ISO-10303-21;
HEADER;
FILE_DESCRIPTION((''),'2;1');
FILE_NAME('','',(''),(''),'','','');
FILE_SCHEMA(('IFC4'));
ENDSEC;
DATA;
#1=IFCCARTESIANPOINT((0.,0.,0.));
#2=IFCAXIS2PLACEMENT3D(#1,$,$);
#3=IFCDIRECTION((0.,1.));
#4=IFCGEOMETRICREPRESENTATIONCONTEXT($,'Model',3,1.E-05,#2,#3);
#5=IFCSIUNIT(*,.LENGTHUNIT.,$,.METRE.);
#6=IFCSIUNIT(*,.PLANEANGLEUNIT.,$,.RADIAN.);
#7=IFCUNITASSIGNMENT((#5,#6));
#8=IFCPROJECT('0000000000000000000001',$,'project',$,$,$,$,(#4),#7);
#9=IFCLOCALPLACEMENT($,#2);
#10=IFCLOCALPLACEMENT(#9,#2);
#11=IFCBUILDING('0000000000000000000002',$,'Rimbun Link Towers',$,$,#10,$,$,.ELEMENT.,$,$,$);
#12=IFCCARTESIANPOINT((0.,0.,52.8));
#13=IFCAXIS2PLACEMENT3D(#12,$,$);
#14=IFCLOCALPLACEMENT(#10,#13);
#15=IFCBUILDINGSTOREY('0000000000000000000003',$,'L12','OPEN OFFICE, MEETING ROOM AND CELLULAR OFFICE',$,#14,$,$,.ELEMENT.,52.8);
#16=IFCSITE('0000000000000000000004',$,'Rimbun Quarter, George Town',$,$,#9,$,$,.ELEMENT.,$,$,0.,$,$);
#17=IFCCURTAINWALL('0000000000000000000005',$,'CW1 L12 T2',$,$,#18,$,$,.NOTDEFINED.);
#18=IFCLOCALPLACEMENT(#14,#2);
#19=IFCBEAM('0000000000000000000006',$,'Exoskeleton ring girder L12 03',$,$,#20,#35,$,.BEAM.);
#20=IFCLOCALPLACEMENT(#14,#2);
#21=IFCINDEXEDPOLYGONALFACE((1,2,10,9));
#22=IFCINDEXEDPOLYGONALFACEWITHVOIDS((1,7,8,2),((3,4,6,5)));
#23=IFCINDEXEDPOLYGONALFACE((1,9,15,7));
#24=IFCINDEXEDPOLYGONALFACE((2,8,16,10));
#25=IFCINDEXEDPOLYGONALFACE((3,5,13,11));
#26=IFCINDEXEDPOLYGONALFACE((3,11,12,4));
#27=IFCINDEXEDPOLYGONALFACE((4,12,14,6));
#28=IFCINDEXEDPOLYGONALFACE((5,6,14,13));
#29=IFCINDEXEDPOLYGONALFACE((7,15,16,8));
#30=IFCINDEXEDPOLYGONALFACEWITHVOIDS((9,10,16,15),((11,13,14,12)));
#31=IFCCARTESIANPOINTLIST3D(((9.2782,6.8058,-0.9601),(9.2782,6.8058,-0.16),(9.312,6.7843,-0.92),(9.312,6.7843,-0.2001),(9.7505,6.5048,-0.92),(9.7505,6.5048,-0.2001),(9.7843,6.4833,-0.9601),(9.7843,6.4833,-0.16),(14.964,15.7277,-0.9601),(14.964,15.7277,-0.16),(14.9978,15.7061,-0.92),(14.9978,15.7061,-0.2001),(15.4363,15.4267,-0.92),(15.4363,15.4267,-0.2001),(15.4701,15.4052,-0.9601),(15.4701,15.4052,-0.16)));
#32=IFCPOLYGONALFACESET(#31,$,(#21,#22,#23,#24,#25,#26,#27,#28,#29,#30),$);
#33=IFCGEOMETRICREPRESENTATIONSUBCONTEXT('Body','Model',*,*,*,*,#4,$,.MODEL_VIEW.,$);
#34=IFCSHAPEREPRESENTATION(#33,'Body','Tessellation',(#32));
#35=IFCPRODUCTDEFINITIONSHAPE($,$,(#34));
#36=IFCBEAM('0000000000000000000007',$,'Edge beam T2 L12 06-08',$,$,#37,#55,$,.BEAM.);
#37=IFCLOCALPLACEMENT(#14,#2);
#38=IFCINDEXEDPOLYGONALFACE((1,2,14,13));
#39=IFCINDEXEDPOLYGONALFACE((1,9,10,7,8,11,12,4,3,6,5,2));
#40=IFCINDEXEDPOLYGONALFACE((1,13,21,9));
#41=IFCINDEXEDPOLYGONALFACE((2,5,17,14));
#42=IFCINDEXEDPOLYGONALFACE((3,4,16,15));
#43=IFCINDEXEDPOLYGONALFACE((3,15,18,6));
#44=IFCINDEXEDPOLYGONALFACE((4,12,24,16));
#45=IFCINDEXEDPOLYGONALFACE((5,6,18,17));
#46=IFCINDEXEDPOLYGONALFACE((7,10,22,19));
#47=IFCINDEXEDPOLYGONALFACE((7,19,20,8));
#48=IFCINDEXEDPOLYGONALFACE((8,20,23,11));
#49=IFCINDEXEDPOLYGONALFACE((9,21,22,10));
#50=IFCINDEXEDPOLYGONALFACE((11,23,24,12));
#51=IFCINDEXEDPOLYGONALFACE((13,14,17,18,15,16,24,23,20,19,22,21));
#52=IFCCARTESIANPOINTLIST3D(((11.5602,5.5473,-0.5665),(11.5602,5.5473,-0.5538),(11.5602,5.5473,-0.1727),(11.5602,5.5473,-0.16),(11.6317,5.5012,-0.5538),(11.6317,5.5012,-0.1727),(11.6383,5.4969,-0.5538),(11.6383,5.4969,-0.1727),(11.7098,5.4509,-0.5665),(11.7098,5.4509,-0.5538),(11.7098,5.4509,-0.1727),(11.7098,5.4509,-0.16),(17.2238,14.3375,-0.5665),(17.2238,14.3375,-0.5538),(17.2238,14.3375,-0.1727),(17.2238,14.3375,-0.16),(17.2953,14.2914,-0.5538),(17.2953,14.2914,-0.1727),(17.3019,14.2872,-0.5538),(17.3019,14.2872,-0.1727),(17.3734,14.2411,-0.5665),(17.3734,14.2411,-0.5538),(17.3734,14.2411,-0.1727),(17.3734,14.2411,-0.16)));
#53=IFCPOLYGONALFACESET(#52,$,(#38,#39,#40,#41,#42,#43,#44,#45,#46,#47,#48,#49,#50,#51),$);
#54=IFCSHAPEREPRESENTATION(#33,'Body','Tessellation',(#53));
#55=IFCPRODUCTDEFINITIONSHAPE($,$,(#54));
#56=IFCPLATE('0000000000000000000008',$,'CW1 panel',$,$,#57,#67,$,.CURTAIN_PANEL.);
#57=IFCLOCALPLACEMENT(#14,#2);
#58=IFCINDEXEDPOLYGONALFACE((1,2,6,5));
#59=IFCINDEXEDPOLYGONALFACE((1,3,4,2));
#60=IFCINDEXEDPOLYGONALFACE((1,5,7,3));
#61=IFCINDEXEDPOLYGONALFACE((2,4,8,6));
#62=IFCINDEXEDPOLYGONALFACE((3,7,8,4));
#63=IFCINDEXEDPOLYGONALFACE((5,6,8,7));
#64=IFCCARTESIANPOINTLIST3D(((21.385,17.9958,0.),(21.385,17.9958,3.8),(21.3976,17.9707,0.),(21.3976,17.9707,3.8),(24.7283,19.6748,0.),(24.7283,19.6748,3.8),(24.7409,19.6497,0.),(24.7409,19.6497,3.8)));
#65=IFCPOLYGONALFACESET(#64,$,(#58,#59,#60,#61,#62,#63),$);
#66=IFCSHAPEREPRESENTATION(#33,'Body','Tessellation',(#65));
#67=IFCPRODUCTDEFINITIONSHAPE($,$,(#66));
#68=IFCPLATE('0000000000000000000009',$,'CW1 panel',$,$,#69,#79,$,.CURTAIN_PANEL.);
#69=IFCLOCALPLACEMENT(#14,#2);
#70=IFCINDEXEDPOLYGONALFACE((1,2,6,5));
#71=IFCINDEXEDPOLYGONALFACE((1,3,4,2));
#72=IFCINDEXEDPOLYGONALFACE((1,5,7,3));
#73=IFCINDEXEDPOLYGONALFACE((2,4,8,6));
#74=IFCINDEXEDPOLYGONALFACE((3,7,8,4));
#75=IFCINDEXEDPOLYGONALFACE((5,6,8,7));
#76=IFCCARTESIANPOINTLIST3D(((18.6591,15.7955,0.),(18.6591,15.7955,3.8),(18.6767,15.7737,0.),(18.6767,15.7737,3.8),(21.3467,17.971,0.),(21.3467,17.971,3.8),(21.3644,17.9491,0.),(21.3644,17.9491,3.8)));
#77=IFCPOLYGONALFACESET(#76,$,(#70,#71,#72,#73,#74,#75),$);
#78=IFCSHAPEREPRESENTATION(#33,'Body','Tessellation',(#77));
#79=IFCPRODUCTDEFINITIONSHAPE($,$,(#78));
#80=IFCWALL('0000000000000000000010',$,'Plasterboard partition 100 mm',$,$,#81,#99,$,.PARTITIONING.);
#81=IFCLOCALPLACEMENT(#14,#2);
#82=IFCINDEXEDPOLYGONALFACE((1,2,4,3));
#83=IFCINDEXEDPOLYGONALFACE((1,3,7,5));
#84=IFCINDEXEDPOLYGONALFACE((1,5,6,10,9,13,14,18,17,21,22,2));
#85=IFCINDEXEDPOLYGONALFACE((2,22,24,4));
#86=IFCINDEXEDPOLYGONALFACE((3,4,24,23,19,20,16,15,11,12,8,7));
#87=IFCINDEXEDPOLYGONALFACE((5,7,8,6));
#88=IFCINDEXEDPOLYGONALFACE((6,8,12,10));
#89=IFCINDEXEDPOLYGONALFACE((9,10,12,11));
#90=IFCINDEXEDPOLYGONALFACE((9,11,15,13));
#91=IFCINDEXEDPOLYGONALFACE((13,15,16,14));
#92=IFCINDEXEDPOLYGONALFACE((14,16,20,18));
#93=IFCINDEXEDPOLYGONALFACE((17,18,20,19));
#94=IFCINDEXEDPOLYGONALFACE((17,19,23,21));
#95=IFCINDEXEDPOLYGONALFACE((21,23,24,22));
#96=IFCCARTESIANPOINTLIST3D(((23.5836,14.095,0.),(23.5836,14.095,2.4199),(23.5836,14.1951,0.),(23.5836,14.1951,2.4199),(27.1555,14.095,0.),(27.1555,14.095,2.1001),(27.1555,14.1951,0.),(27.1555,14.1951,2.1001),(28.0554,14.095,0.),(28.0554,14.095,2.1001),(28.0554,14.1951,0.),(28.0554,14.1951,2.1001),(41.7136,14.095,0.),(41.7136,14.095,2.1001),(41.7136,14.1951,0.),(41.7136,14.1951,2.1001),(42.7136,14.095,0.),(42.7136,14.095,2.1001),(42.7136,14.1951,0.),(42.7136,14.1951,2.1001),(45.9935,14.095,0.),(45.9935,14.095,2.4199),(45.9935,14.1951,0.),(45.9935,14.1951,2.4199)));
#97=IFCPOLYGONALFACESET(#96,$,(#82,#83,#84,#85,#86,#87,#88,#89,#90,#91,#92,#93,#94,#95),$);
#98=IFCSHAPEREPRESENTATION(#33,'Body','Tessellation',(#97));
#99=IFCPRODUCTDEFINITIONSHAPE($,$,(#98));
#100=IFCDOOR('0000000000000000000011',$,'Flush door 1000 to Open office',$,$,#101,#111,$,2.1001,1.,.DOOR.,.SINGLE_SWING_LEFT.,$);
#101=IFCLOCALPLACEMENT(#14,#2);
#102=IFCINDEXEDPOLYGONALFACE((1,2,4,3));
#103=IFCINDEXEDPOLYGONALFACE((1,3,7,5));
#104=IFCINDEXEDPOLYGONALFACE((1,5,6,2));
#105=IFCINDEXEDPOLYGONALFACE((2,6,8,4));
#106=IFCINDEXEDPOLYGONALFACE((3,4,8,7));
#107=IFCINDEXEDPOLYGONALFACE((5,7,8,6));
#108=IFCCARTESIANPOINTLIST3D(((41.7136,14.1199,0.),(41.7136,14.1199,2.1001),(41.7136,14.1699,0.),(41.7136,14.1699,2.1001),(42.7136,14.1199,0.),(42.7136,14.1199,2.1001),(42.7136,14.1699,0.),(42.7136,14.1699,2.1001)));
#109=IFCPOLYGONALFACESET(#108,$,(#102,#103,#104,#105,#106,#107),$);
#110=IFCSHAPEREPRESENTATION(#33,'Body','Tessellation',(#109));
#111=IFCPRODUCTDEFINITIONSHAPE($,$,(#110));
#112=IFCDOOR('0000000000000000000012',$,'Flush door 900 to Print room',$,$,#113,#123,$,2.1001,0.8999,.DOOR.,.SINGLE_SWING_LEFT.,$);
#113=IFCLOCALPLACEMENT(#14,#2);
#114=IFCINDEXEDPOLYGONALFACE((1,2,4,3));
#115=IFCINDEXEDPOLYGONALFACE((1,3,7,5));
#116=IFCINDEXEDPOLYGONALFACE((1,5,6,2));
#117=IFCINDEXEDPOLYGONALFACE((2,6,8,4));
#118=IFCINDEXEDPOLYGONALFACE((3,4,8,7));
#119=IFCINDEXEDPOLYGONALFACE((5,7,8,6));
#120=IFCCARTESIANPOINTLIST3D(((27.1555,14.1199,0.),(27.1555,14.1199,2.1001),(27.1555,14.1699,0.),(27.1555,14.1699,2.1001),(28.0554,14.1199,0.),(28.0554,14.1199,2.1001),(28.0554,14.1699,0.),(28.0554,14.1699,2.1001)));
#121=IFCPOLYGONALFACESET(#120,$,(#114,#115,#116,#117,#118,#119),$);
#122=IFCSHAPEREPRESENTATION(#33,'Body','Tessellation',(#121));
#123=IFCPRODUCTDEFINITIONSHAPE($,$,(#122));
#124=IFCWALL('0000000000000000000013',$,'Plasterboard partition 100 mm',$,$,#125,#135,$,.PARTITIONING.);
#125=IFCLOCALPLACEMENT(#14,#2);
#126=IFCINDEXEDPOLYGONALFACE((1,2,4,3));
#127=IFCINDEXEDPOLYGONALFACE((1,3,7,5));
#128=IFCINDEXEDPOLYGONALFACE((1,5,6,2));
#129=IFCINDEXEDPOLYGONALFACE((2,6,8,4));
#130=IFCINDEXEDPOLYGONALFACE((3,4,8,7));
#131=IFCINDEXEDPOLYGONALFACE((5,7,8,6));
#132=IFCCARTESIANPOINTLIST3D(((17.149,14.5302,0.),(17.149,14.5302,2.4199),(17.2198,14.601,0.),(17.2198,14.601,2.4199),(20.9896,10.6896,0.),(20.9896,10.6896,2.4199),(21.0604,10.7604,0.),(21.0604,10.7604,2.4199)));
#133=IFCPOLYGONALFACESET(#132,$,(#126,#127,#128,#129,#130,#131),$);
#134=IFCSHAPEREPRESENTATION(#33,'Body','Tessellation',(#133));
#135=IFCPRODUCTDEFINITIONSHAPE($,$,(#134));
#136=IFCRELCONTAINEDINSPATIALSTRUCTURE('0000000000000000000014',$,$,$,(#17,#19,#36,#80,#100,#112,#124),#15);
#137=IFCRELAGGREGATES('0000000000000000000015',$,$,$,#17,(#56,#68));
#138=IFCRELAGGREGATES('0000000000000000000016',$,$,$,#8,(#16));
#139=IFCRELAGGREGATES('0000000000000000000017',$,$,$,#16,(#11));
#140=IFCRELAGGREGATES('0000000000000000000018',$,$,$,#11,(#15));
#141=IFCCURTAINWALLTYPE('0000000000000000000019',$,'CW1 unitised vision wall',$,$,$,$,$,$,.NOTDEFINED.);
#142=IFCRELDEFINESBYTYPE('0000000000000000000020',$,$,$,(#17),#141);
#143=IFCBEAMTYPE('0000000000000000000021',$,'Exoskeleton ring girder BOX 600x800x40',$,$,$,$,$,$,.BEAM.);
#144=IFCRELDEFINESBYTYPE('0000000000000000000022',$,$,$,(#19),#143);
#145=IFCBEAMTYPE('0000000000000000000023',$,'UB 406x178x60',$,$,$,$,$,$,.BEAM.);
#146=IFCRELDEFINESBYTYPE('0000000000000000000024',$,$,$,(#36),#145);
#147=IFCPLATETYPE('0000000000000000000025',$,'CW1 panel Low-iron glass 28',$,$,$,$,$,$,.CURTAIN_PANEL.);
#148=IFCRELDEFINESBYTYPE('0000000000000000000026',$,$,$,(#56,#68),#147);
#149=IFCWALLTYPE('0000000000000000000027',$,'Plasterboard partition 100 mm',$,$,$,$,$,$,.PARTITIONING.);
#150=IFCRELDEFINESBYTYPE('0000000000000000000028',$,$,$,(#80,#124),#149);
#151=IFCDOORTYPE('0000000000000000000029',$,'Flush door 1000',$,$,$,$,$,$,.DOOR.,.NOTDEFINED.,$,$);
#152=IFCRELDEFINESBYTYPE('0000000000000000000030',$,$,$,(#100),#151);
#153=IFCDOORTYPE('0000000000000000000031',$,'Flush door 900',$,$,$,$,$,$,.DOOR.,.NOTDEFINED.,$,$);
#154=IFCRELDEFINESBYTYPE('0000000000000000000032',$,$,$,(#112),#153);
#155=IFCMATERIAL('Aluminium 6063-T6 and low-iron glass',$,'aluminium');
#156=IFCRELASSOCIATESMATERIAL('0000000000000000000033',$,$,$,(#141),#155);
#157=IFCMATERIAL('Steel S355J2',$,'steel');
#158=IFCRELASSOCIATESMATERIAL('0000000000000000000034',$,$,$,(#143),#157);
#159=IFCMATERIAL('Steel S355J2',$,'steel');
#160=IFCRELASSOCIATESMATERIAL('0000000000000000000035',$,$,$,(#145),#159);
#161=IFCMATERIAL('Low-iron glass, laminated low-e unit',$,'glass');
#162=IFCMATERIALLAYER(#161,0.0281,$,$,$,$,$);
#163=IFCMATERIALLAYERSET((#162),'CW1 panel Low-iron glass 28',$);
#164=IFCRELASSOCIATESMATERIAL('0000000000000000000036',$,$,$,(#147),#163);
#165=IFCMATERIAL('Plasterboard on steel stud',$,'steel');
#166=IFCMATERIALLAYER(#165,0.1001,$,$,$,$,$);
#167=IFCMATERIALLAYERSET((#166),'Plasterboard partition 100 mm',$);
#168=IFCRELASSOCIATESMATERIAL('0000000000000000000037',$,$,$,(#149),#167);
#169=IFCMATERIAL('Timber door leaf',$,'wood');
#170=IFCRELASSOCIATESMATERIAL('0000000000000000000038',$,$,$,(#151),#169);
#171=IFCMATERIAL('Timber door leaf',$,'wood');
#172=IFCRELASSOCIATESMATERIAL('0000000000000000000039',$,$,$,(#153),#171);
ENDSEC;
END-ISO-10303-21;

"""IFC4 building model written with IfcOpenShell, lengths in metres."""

from ifc_helpers import new_model, si_unit, direction, frame, frame_2d, origin, origin_2d, place, context, subcontext, project, spatial, rectangle, hollow_rectangle, i_section, extrude, material, layer, layer_set, material_profile, profile_set, type_object, element, fill, aggregate, save


model = new_model("IFC4")

# Units and contexts
model_context = context("Model", 3, precision=1e-05, world=origin(), true_north=direction((0.0, 1.0)))
body_context = subcontext(model_context, "Body", "Model", "MODEL_VIEW")
ifc_project = project(units=[si_unit("LENGTHUNIT", "METRE"), si_unit("PLANEANGLEUNIT", "RADIAN")], contexts=[model_context])

# Site, building, storey
site_placement = place(None, origin())
site = spatial("IfcSite", under=ifc_project, at=site_placement, Name="Rimbun Quarter, George Town", CompositionType="ELEMENT", RefElevation=0.0)
building_placement = place(site_placement, origin())
building = spatial("IfcBuilding", under=site, at=building_placement, Name="Rimbun Link Towers", CompositionType="ELEMENT")
storey_placement = place(building_placement, frame((0.0, 0.0, 52.8)))
storey = spatial("IfcBuildingStorey", under=building, at=storey_placement, Name="L12", Description="OPEN OFFICE, MEETING ROOM AND CELLULAR OFFICE", CompositionType="ELEMENT", Elevation=52.8)

# Curtain wall
ifc_material_1 = material(Name="Aluminium 6063-T6 and low-iron glass", Category="aluminium")
curtain_wall_type = type_object("IfcCurtainWallType", Name="CW1 unitised vision wall", PredefinedType="NOTDEFINED", material=ifc_material_1)
curtain_wall_placement = place(storey_placement, origin())
curtain_wall = element("IfcCurtainWall", 1, at=curtain_wall_placement, inside=storey, type_object=curtain_wall_type, Name="CW1 L12 T2", PredefinedType="NOTDEFINED")

# Beams
ifc_material_2 = material(Name="Steel S355J2", Category="steel")
ifc_material_profile_1 = material_profile(ifc_material_2, hollow_rectangle(XDim=0.6001, YDim=0.8, WallThickness=0.04, at=origin_2d()), Name="Exoskeleton ring girder BOX 600x800x40")
ifc_profile_set_1 = profile_set([ifc_material_profile_1], Name="Steel S355J2")
beam_type_1 = type_object("IfcBeamType", Name="Exoskeleton ring girder BOX 600x800x40", PredefinedType="BEAM", material=ifc_profile_set_1)
for number, where, z_axis, x_axis, name in (
    (2, (15.217, 15.5664, -0.5601), (-0.537429, -0.843309, 0.0), (0.843309, -0.537429, 0.0), "Exoskeleton ring girder L12 03"),
):
    element("IfcBeam", number, at=place(storey_placement, frame(where, z_axis=z_axis, x_axis=x_axis)), inside=storey, type_object=beam_type_1, Name=name, PredefinedType="BEAM", context=body_context, shape_type="SweptSolid", body=[
        extrude(hollow_rectangle(XDim=0.6001, YDim=0.8, WallThickness=0.04, at=origin_2d()), origin(), (0.0, 0.0, 1.0), 10.5796),
    ])
ifc_material_3 = material(Name="Steel S355J2", Category="steel")
ifc_material_profile_2 = material_profile(ifc_material_3, i_section(OverallWidth=0.178, OverallDepth=0.4065, WebThickness=0.0078, FlangeThickness=0.0127, at=origin_2d()), Name="UB 406x178x60")
ifc_profile_set_2 = profile_set([ifc_material_profile_2], Name="Steel S355J2")
beam_type_2 = type_object("IfcBeamType", Name="UB 406x178x60", PredefinedType="BEAM", material=ifc_profile_set_2)
beam_placement = place(storey_placement, frame((17.2986, 14.2893, -0.3633), z_axis=(-0.541615, -0.840627, 0.0), x_axis=(0.840627, -0.541615, 0.0)))
element("IfcBeam", 3, at=beam_placement, inside=storey, type_object=beam_type_2, Name="Edge beam T2 L12 06-08", PredefinedType="BEAM", context=body_context, shape_type="SweptSolid", body=[
    extrude(i_section(OverallWidth=0.178, OverallDepth=0.4065, WebThickness=0.0078, FlangeThickness=0.0127, at=origin_2d()), origin(), (0.0, 0.0, 1.0), 10.4568),
])

# Plates
ifc_material_4 = material(Name="Low-iron glass, laminated low-e unit", Category="glass")
ifc_layer_1 = layer(ifc_material_4, 0.0281)
ifc_layer_set_1 = layer_set([ifc_layer_1], Name="CW1 panel Low-iron glass 28")
plate_type = type_object("IfcPlateType", Name="CW1 panel Low-iron glass 28", PredefinedType="CURTAIN_PANEL", material=ifc_layer_set_1)
plate_1_placement = place(storey_placement, frame((23.063, 18.8228, 0.0), z_axis=(0.0, 0.0, 1.0), x_axis=(0.893638, 0.448789, 0.0)))
plate_1 = element("IfcPlate", 4, at=plate_1_placement, type_object=plate_type, Name="CW1 panel", PredefinedType="CURTAIN_PANEL", context=body_context, shape_type="SweptSolid", body=[
    extrude(rectangle(XDim=3.7412, YDim=0.0281, at=origin_2d()), origin(), (0.0, 0.0, 1.0), 3.8),
])
plate_2_placement = place(storey_placement, frame((20.0117, 16.8723, 0.0), z_axis=(0.0, 0.0, 1.0), x_axis=(0.777277, 0.629158, 0.0)))
plate_2 = element("IfcPlate", 5, at=plate_2_placement, type_object=plate_type, Name="CW1 panel", PredefinedType="CURTAIN_PANEL", context=body_context, shape_type="SweptSolid", body=[
    extrude(rectangle(XDim=3.4578, YDim=0.0281, at=origin_2d()), origin(), (0.0, 0.0, 1.0), 3.8),
])
aggregate(curtain_wall, [plate_1, plate_2])

# Wall, openings, doors
ifc_material_5 = material(Name="Plasterboard on steel stud", Category="steel")
ifc_layer_2 = layer(ifc_material_5, 0.1001)
ifc_layer_set_2 = layer_set([ifc_layer_2], Name="Plasterboard partition 100 mm")
wall_type = type_object("IfcWallType", Name="Plasterboard partition 100 mm", PredefinedType="PARTITIONING", material=ifc_layer_set_2)
wall_1_placement = place(storey_placement, frame((23.5835, 14.145, 0.0), z_axis=(0.0, 0.0, 1.0), x_axis=(1.0, 0.0, 0.0)))
wall_1 = element("IfcWall", 6, at=wall_1_placement, inside=storey, type_object=wall_type, Name="Plasterboard partition 100 mm", PredefinedType="PARTITIONING", context=body_context, shape_type="SweptSolid", body=[
    extrude(rectangle(XDim=22.4099, YDim=0.1001, at=frame_2d((11.2051, 0.0))), origin(), (0.0, 0.0, 1.0), 2.4199),
])
opening_1_placement = place(wall_1_placement, frame((18.1301, 0.0, 0.0)))
opening_1 = element("IfcOpeningElement", 7, at=opening_1_placement, cuts=wall_1, PredefinedType="OPENING", context=body_context, shape_type="SweptSolid", body=[
    extrude(rectangle(XDim=1.0, YDim=2.1001, at=frame_2d((0.5, 1.05))), frame((0.0, 0.0601, 0.0), z_axis=(0.0, -1.0, 0.0), x_axis=(1.0, 0.0, 0.0)), (0.0, 0.0, 1.0), 0.1201),
])
opening_2_placement = place(wall_1_placement, frame((3.572, 0.0, 0.0)))
opening_2 = element("IfcOpeningElement", 8, at=opening_2_placement, cuts=wall_1, PredefinedType="OPENING", context=body_context, shape_type="SweptSolid", body=[
    extrude(rectangle(XDim=0.8999, YDim=2.1001, at=frame_2d((0.45, 1.05))), frame((0.0, 0.0601, 0.0), z_axis=(0.0, -1.0, 0.0), x_axis=(1.0, 0.0, 0.0)), (0.0, 0.0, 1.0), 0.1201),
])
ifc_material_6 = material(Name="Timber door leaf", Category="wood")
door_type_1 = type_object("IfcDoorType", Name="Flush door 1000", OperationType="NOTDEFINED", PredefinedType="DOOR", material=ifc_material_6)
door_1_placement = place(opening_1_placement, origin())
door_1 = element("IfcDoor", 9, at=door_1_placement, inside=storey, type_object=door_type_1, Name="Flush door 1000 to Open office", OperationType="SINGLE_SWING_LEFT", OverallHeight=2.1001, OverallWidth=1.0, PredefinedType="DOOR", context=body_context, shape_type="SweptSolid", body=[
    extrude(rectangle(XDim=1.0, YDim=2.1001, at=frame_2d((0.5, 1.05))), frame((0.0, 0.0249, 0.0), z_axis=(0.0, -1.0, 0.0), x_axis=(1.0, 0.0, 0.0)), (0.0, 0.0, 1.0), 0.05),
])
fill(opening_1, door_1)
ifc_material_7 = material(Name="Timber door leaf", Category="wood")
door_type_2 = type_object("IfcDoorType", Name="Flush door 900", OperationType="NOTDEFINED", PredefinedType="DOOR", material=ifc_material_7)
door_2_placement = place(opening_2_placement, origin())
door_2 = element("IfcDoor", 10, at=door_2_placement, inside=storey, type_object=door_type_2, Name="Flush door 900 to Print room", OperationType="SINGLE_SWING_LEFT", OverallHeight=2.1001, OverallWidth=0.8999, PredefinedType="DOOR", context=body_context, shape_type="SweptSolid", body=[
    extrude(rectangle(XDim=0.8999, YDim=2.1001, at=frame_2d((0.45, 1.05))), frame((0.0, 0.0249, 0.0), z_axis=(0.0, -1.0, 0.0), x_axis=(1.0, 0.0, 0.0)), (0.0, 0.0, 1.0), 0.05),
])
fill(opening_2, door_2)

# Wall
wall_2_placement = place(storey_placement, frame((17.1843, 14.5657, 0.0), z_axis=(0.0, 0.0, 1.0), x_axis=(0.707107, -0.707107, 0.0)))
element("IfcWall", 11, at=wall_2_placement, inside=storey, type_object=wall_type, Name="Plasterboard partition 100 mm", PredefinedType="PARTITIONING", context=body_context, shape_type="SweptSolid", body=[
    extrude(rectangle(XDim=5.4314, YDim=0.1001, at=frame_2d((2.7158, 0.0))), origin(), (0.0, 0.0, 1.0), 2.4199),
])

save(model, "model.ifc")
